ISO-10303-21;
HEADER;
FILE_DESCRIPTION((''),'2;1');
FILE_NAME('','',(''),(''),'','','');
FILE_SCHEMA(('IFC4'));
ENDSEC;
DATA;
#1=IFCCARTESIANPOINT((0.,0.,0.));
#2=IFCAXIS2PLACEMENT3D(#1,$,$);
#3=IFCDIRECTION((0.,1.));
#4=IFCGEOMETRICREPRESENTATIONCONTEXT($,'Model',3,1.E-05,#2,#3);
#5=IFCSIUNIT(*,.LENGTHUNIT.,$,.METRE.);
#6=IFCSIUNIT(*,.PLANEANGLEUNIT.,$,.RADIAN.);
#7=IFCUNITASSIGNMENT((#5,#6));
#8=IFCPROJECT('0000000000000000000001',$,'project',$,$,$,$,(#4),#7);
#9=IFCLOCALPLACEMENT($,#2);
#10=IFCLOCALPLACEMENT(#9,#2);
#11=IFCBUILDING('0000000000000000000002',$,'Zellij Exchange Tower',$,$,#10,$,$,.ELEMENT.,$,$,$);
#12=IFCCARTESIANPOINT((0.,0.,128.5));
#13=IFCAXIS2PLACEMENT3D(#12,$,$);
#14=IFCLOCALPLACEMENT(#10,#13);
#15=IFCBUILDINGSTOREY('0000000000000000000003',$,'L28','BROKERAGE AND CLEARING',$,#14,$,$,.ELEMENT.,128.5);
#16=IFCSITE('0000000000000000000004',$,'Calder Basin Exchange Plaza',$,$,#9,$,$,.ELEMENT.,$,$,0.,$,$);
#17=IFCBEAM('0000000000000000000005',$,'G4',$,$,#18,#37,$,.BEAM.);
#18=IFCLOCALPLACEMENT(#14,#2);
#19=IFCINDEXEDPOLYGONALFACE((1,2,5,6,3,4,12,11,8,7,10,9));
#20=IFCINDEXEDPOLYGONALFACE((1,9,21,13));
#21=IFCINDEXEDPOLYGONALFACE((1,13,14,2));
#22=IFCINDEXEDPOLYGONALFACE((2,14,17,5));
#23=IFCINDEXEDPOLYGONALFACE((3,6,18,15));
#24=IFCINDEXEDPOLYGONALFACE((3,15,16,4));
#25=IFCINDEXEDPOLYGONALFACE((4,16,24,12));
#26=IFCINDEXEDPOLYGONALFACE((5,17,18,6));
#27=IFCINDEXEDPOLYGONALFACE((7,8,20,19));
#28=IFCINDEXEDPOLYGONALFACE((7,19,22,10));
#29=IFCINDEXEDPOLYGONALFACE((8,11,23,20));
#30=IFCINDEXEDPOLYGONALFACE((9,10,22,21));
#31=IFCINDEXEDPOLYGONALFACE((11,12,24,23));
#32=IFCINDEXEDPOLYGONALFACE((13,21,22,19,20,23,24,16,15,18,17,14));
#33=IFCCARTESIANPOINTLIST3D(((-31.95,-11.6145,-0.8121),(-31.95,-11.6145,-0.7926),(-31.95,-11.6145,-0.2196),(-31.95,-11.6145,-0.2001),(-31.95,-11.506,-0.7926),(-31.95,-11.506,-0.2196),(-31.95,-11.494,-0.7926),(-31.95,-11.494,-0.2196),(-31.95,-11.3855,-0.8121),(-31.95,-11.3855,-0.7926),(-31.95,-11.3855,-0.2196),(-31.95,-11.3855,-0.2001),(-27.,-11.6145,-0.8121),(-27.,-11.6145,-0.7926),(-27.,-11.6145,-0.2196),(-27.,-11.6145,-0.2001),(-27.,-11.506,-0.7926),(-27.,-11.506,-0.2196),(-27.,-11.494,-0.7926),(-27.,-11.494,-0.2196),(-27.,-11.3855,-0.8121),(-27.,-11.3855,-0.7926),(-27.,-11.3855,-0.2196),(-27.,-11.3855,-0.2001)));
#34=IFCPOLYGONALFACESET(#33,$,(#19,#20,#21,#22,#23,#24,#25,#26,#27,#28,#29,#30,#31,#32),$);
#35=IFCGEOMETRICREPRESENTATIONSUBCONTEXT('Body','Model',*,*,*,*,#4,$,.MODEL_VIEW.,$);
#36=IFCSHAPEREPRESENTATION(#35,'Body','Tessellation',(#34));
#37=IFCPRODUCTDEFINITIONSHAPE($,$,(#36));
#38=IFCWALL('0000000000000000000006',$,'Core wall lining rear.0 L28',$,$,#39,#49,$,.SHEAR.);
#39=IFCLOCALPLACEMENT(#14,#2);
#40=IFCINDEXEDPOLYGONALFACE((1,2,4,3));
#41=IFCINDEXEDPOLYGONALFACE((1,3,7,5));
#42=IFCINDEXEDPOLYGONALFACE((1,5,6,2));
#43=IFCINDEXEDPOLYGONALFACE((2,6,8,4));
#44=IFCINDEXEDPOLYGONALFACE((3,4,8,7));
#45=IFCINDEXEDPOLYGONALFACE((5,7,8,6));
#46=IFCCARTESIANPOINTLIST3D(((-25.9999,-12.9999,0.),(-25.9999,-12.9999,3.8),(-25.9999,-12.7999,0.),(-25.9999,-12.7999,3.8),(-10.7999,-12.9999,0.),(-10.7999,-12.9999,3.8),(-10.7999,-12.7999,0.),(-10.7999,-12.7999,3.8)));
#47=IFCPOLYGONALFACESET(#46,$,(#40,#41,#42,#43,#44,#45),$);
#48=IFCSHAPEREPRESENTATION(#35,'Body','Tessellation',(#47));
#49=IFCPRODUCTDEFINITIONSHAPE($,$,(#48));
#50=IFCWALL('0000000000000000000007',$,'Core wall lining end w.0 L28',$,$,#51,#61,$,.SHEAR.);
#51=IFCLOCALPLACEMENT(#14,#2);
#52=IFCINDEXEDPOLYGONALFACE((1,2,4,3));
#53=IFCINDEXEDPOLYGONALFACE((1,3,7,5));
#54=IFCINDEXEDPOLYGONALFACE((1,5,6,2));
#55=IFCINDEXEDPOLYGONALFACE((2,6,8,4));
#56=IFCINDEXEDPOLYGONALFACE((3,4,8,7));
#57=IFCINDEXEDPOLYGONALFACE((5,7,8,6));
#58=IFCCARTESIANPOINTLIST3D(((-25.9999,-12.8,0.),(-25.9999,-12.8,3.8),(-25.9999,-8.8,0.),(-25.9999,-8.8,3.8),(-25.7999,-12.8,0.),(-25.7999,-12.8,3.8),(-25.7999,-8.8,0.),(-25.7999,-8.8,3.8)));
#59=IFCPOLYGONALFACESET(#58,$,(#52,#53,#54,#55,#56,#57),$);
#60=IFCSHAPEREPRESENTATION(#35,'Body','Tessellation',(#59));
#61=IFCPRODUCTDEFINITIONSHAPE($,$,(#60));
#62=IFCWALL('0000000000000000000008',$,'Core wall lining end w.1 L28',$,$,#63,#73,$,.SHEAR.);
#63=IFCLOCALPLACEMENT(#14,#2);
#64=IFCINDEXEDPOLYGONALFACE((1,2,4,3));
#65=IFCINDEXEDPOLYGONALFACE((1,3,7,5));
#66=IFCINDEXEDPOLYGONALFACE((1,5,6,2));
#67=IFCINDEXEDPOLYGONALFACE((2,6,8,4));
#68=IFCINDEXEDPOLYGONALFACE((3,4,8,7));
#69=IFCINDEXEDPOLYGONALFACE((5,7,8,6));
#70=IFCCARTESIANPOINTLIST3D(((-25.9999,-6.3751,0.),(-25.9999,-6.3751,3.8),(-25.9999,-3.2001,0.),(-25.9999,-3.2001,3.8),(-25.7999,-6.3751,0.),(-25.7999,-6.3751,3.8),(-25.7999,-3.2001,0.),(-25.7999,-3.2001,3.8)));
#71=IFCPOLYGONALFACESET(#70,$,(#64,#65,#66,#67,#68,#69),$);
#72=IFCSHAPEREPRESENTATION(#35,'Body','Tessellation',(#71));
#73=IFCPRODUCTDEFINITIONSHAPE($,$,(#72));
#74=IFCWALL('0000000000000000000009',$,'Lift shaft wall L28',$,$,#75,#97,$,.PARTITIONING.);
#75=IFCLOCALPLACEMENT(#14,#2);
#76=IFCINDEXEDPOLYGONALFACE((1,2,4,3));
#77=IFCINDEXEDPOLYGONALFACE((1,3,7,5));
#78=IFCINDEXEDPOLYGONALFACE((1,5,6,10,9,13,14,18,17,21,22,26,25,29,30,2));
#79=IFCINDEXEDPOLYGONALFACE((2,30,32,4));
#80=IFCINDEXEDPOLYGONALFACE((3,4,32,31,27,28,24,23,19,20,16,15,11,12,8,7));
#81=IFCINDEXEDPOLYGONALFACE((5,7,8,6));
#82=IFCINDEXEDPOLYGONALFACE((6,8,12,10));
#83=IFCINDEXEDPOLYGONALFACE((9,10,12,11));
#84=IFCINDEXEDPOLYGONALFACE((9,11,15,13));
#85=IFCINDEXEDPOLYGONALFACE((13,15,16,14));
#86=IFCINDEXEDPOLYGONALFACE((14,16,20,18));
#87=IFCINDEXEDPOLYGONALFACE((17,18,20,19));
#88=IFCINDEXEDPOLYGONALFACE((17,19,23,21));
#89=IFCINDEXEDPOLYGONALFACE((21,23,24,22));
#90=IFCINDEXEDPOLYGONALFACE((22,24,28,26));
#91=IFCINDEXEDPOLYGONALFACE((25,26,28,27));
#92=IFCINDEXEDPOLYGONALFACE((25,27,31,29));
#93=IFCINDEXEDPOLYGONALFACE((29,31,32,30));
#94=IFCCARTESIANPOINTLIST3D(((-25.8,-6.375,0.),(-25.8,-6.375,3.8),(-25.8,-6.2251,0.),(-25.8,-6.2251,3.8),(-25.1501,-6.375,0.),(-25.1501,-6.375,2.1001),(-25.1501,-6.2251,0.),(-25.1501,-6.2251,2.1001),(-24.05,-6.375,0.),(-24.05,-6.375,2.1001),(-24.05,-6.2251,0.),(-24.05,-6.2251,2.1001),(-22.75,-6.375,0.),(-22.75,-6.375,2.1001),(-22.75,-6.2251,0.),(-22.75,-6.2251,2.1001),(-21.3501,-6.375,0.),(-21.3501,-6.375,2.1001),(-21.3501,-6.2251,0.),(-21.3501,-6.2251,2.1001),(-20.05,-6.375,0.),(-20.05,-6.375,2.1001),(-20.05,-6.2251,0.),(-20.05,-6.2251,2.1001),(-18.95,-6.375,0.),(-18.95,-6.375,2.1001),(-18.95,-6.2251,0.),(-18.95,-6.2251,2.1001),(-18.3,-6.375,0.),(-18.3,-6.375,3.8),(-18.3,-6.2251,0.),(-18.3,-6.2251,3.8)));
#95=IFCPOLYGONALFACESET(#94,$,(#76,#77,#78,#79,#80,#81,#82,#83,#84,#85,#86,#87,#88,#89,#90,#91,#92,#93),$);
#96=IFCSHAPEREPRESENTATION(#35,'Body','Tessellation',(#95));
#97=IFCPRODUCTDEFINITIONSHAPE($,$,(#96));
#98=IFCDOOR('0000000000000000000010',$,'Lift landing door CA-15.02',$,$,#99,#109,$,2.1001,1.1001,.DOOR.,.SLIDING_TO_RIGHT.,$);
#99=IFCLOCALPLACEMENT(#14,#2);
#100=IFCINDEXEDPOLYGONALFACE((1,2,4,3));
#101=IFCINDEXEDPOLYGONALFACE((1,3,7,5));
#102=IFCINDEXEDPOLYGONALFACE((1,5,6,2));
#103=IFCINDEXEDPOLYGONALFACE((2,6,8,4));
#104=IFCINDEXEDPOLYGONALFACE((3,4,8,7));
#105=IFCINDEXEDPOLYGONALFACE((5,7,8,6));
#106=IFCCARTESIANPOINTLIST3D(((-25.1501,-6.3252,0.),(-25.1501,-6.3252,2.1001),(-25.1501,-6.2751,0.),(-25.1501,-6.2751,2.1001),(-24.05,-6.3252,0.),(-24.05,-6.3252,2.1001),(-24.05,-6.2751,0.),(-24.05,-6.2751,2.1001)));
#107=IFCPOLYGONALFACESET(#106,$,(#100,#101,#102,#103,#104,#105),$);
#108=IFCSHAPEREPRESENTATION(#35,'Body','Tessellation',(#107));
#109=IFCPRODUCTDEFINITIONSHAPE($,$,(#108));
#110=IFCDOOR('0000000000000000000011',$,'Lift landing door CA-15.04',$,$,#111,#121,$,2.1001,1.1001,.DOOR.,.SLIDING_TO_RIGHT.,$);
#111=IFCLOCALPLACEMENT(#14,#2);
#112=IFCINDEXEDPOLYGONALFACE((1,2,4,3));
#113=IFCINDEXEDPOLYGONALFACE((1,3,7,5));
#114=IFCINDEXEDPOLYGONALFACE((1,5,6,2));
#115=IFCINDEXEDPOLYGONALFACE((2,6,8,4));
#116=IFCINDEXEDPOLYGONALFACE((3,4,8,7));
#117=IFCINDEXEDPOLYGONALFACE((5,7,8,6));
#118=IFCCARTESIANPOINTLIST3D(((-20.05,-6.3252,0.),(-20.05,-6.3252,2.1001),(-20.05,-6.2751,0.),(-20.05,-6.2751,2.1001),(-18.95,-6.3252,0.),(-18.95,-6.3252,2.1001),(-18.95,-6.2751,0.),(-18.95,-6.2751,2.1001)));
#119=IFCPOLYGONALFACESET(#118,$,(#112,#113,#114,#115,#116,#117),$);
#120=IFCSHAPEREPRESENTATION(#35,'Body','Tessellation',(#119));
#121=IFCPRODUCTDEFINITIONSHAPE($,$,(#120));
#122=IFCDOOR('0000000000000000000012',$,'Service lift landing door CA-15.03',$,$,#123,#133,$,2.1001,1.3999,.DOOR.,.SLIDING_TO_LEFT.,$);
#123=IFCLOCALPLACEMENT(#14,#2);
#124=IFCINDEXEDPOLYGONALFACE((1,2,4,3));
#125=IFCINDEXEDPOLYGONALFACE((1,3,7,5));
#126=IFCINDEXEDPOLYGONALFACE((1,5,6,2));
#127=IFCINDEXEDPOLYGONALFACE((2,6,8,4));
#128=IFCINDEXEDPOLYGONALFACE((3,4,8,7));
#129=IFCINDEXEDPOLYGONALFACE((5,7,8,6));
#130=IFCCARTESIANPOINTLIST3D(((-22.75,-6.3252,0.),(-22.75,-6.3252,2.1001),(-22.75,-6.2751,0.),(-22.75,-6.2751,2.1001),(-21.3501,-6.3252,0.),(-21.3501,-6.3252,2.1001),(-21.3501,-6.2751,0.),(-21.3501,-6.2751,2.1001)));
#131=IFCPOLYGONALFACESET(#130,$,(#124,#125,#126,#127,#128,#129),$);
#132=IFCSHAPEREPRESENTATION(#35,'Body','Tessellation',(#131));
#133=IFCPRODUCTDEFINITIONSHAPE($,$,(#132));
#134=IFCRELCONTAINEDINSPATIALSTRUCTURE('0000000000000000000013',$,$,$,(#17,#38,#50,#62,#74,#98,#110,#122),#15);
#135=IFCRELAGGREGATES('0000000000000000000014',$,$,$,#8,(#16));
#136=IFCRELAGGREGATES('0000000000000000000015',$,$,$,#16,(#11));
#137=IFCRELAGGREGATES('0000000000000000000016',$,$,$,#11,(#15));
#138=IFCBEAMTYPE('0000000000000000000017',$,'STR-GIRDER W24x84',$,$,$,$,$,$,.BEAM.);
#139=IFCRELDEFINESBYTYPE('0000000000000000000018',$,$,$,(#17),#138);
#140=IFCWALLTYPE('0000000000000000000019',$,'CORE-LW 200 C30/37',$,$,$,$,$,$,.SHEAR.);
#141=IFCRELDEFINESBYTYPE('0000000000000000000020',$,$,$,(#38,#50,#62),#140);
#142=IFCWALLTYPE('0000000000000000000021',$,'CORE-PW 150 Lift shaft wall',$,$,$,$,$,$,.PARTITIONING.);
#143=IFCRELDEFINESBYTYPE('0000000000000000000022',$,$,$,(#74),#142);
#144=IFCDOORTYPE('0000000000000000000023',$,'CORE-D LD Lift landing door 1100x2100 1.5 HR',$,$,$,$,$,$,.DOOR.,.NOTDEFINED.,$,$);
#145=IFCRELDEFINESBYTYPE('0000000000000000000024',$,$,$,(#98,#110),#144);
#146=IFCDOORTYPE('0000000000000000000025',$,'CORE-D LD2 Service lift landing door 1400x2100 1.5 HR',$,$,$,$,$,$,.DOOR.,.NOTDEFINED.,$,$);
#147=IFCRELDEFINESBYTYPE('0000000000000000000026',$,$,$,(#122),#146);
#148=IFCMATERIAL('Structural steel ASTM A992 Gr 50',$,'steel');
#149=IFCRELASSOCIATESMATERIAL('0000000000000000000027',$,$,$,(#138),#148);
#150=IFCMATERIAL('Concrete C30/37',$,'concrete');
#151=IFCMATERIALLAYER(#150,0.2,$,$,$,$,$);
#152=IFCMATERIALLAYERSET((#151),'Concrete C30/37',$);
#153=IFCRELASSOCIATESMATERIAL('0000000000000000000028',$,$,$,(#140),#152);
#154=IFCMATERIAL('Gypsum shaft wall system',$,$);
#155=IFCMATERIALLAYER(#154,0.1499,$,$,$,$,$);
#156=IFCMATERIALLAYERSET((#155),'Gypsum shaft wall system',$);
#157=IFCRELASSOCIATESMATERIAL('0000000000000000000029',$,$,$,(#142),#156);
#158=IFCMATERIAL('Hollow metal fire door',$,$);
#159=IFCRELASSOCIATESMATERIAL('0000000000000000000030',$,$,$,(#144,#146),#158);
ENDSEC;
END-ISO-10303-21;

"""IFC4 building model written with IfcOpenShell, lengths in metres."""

from ifc_helpers import new_model, si_unit, direction, frame, frame_2d, origin, origin_2d, place, context, subcontext, project, spatial, rectangle, i_section, extrude, material, layer, layer_set, material_profile, profile_set, type_object, element, fill, save


model = new_model("IFC4")

# Units and contexts
model_context = context("Model", 3, precision=1e-05, world=origin(), true_north=direction((0.0, 1.0)))
body_context = subcontext(model_context, "Body", "Model", "MODEL_VIEW")
ifc_project = project(units=[si_unit("LENGTHUNIT", "METRE"), si_unit("PLANEANGLEUNIT", "RADIAN")], contexts=[model_context])

# Site, building, storey
site_placement = place(None, origin())
site = spatial("IfcSite", under=ifc_project, at=site_placement, Name="Calder Basin Exchange Plaza", CompositionType="ELEMENT", RefElevation=0.0)
building_placement = place(site_placement, origin())
building = spatial("IfcBuilding", under=site, at=building_placement, Name="Zellij Exchange Tower", CompositionType="ELEMENT")
storey_placement = place(building_placement, frame((0.0, 0.0, 128.5)))
storey = spatial("IfcBuildingStorey", under=building, at=storey_placement, Name="L28", Description="BROKERAGE AND CLEARING", CompositionType="ELEMENT", Elevation=128.5)

# Beam
ifc_material_1 = material(Name="Structural steel ASTM A992 Gr 50", Category="steel")
ifc_material_profile = material_profile(ifc_material_1, i_section(OverallWidth=0.229, OverallDepth=0.6121, WebThickness=0.012, FlangeThickness=0.0195, at=origin_2d()), Name="W24x84")
ifc_profile_set = profile_set([ifc_material_profile], Name="Structural steel ASTM A992 Gr 50")
beam_type = type_object("IfcBeamType", Name="STR-GIRDER W24x84", PredefinedType="BEAM", material=ifc_profile_set)
beam_placement = place(storey_placement, frame((-31.95, -11.5, -0.5061), z_axis=(1.0, 0.0, 0.0), x_axis=(0.0, 1.0, 0.0)))
element("IfcBeam", 1, at=beam_placement, inside=storey, type_object=beam_type, Name="G4", PredefinedType="BEAM", context=body_context, shape_type="SweptSolid", body=[
    extrude(i_section(OverallWidth=0.229, OverallDepth=0.6121, WebThickness=0.012, FlangeThickness=0.0195, at=origin_2d()), origin(), (0.0, 0.0, 1.0), 4.95),
])

# Walls
ifc_material_2 = material(Name="Concrete C30/37", Category="concrete")
ifc_layer_1 = layer(ifc_material_2, 0.2)
ifc_layer_set_1 = layer_set([ifc_layer_1], Name="Concrete C30/37")
wall_type_1 = type_object("IfcWallType", Name="CORE-LW 200 C30/37", PredefinedType="SHEAR", material=ifc_layer_set_1)
wall_1_placement = place(storey_placement, frame((-26.0, -12.8999, 0.0), z_axis=(0.0, 0.0, 1.0), x_axis=(1.0, 0.0, 0.0)))
element("IfcWall", 2, at=wall_1_placement, inside=storey, type_object=wall_type_1, Name="Core wall lining rear.0 L28", PredefinedType="SHEAR", context=body_context, shape_type="SweptSolid", body=[
    extrude(rectangle(XDim=15.2, YDim=0.2, at=frame_2d((7.6001, 0.0))), origin(), (0.0, 0.0, 1.0), 3.8),
])
wall_2_placement = place(storey_placement, frame((-25.8999, -12.8, 0.0), z_axis=(0.0, 0.0, 1.0), x_axis=(0.0, 1.0, 0.0)))
element("IfcWall", 3, at=wall_2_placement, inside=storey, type_object=wall_type_1, Name="Core wall lining end w.0 L28", PredefinedType="SHEAR", context=body_context, shape_type="SweptSolid", body=[
    extrude(rectangle(XDim=4.0, YDim=0.2, at=frame_2d((2.0, 0.0))), origin(), (0.0, 0.0, 1.0), 3.8),
])
wall_3_placement = place(storey_placement, frame((-25.8999, -6.375, 0.0), z_axis=(0.0, 0.0, 1.0), x_axis=(0.0, 1.0, 0.0)))
element("IfcWall", 4, at=wall_3_placement, inside=storey, type_object=wall_type_1, Name="Core wall lining end w.1 L28", PredefinedType="SHEAR", context=body_context, shape_type="SweptSolid", body=[
    extrude(rectangle(XDim=3.175, YDim=0.2, at=frame_2d((1.5874, 0.0))), origin(), (0.0, 0.0, 1.0), 3.8),
])

# Wall, openings, doors
ifc_material_3 = material(Name="Gypsum shaft wall system")
ifc_layer_2 = layer(ifc_material_3, 0.1499)
ifc_layer_set_2 = layer_set([ifc_layer_2], Name="Gypsum shaft wall system")
wall_type_2 = type_object("IfcWallType", Name="CORE-PW 150 Lift shaft wall", PredefinedType="PARTITIONING", material=ifc_layer_set_2)
wall_4_placement = place(storey_placement, frame((-25.8, -6.3, 0.0), z_axis=(0.0, 0.0, 1.0), x_axis=(1.0, 0.0, 0.0)))
wall_4 = element("IfcWall", 5, at=wall_4_placement, inside=storey, type_object=wall_type_2, Name="Lift shaft wall L28", PredefinedType="PARTITIONING", context=body_context, shape_type="SweptSolid", body=[
    extrude(rectangle(XDim=7.5, YDim=0.1499, at=frame_2d((3.75, 0.0))), origin(), (0.0, 0.0, 1.0), 3.8),
])
opening_1_placement = place(wall_4_placement, frame((0.6499, 0.0, 0.0)))
opening_1 = element("IfcOpeningElement", 6, at=opening_1_placement, cuts=wall_4, PredefinedType="OPENING", context=body_context, shape_type="SweptSolid", body=[
    extrude(rectangle(XDim=1.1001, YDim=2.1001, at=frame_2d((0.55, 1.05))), frame((0.0, 0.0869, 0.0), z_axis=(0.0, -1.0, 0.0), x_axis=(1.0, 0.0, 0.0)), (0.0, 0.0, 1.0), 0.1738),
])
opening_2_placement = place(wall_4_placement, frame((3.05, 0.0, 0.0)))
opening_2 = element("IfcOpeningElement", 7, at=opening_2_placement, cuts=wall_4, PredefinedType="OPENING", context=body_context, shape_type="SweptSolid", body=[
    extrude(rectangle(XDim=1.3999, YDim=2.1001, at=frame_2d((0.7, 1.05))), frame((0.0, 0.0869, 0.0), z_axis=(0.0, -1.0, 0.0), x_axis=(1.0, 0.0, 0.0)), (0.0, 0.0, 1.0), 0.1738),
])
opening_3_placement = place(wall_4_placement, frame((5.75, 0.0, 0.0)))
opening_3 = element("IfcOpeningElement", 8, at=opening_3_placement, cuts=wall_4, PredefinedType="OPENING", context=body_context, shape_type="SweptSolid", body=[
    extrude(rectangle(XDim=1.1001, YDim=2.1001, at=frame_2d((0.55, 1.05))), frame((0.0, 0.0869, 0.0), z_axis=(0.0, -1.0, 0.0), x_axis=(1.0, 0.0, 0.0)), (0.0, 0.0, 1.0), 0.1738),
])
ifc_material_4 = material(Name="Hollow metal fire door")
door_type_1 = type_object("IfcDoorType", Name="CORE-D LD Lift landing door 1100x2100 1.5 HR", OperationType="NOTDEFINED", PredefinedType="DOOR", material=ifc_material_4)
door_1_placement = place(opening_1_placement, origin())
door_1 = element("IfcDoor", 9, at=door_1_placement, inside=storey, type_object=door_type_1, Name="Lift landing door CA-15.02", OperationType="SLIDING_TO_RIGHT", OverallHeight=2.1001, OverallWidth=1.1001, PredefinedType="DOOR", context=body_context, shape_type="SweptSolid", body=[
    extrude(rectangle(XDim=1.1001, YDim=2.1001, at=frame_2d((0.55, 1.05))), frame((0.0, 0.0249, 0.0), z_axis=(0.0, -1.0, 0.0), x_axis=(1.0, 0.0, 0.0)), (0.0, 0.0, 1.0), 0.05),
])
fill(opening_1, door_1)
door_2_placement = place(opening_3_placement, origin())
door_2 = element("IfcDoor", 10, at=door_2_placement, inside=storey, type_object=door_type_1, Name="Lift landing door CA-15.04", OperationType="SLIDING_TO_RIGHT", OverallHeight=2.1001, OverallWidth=1.1001, PredefinedType="DOOR", context=body_context, shape_type="SweptSolid", body=[
    extrude(rectangle(XDim=1.1001, YDim=2.1001, at=frame_2d((0.55, 1.05))), frame((0.0, 0.0249, 0.0), z_axis=(0.0, -1.0, 0.0), x_axis=(1.0, 0.0, 0.0)), (0.0, 0.0, 1.0), 0.05),
])
fill(opening_3, door_2)
door_type_2 = type_object("IfcDoorType", Name="CORE-D LD2 Service lift landing door 1400x2100 1.5 HR", OperationType="NOTDEFINED", PredefinedType="DOOR", material=ifc_material_4)
door_3_placement = place(opening_2_placement, origin())
door_3 = element("IfcDoor", 11, at=door_3_placement, inside=storey, type_object=door_type_2, Name="Service lift landing door CA-15.03", OperationType="SLIDING_TO_LEFT", OverallHeight=2.1001, OverallWidth=1.3999, PredefinedType="DOOR", context=body_context, shape_type="SweptSolid", body=[
    extrude(rectangle(XDim=1.3999, YDim=2.1001, at=frame_2d((0.7, 1.05))), frame((0.0, 0.0249, 0.0), z_axis=(0.0, -1.0, 0.0), x_axis=(1.0, 0.0, 0.0)), (0.0, 0.0, 1.0), 0.05),
])
fill(opening_2, door_3)

save(model, "model.ifc")
